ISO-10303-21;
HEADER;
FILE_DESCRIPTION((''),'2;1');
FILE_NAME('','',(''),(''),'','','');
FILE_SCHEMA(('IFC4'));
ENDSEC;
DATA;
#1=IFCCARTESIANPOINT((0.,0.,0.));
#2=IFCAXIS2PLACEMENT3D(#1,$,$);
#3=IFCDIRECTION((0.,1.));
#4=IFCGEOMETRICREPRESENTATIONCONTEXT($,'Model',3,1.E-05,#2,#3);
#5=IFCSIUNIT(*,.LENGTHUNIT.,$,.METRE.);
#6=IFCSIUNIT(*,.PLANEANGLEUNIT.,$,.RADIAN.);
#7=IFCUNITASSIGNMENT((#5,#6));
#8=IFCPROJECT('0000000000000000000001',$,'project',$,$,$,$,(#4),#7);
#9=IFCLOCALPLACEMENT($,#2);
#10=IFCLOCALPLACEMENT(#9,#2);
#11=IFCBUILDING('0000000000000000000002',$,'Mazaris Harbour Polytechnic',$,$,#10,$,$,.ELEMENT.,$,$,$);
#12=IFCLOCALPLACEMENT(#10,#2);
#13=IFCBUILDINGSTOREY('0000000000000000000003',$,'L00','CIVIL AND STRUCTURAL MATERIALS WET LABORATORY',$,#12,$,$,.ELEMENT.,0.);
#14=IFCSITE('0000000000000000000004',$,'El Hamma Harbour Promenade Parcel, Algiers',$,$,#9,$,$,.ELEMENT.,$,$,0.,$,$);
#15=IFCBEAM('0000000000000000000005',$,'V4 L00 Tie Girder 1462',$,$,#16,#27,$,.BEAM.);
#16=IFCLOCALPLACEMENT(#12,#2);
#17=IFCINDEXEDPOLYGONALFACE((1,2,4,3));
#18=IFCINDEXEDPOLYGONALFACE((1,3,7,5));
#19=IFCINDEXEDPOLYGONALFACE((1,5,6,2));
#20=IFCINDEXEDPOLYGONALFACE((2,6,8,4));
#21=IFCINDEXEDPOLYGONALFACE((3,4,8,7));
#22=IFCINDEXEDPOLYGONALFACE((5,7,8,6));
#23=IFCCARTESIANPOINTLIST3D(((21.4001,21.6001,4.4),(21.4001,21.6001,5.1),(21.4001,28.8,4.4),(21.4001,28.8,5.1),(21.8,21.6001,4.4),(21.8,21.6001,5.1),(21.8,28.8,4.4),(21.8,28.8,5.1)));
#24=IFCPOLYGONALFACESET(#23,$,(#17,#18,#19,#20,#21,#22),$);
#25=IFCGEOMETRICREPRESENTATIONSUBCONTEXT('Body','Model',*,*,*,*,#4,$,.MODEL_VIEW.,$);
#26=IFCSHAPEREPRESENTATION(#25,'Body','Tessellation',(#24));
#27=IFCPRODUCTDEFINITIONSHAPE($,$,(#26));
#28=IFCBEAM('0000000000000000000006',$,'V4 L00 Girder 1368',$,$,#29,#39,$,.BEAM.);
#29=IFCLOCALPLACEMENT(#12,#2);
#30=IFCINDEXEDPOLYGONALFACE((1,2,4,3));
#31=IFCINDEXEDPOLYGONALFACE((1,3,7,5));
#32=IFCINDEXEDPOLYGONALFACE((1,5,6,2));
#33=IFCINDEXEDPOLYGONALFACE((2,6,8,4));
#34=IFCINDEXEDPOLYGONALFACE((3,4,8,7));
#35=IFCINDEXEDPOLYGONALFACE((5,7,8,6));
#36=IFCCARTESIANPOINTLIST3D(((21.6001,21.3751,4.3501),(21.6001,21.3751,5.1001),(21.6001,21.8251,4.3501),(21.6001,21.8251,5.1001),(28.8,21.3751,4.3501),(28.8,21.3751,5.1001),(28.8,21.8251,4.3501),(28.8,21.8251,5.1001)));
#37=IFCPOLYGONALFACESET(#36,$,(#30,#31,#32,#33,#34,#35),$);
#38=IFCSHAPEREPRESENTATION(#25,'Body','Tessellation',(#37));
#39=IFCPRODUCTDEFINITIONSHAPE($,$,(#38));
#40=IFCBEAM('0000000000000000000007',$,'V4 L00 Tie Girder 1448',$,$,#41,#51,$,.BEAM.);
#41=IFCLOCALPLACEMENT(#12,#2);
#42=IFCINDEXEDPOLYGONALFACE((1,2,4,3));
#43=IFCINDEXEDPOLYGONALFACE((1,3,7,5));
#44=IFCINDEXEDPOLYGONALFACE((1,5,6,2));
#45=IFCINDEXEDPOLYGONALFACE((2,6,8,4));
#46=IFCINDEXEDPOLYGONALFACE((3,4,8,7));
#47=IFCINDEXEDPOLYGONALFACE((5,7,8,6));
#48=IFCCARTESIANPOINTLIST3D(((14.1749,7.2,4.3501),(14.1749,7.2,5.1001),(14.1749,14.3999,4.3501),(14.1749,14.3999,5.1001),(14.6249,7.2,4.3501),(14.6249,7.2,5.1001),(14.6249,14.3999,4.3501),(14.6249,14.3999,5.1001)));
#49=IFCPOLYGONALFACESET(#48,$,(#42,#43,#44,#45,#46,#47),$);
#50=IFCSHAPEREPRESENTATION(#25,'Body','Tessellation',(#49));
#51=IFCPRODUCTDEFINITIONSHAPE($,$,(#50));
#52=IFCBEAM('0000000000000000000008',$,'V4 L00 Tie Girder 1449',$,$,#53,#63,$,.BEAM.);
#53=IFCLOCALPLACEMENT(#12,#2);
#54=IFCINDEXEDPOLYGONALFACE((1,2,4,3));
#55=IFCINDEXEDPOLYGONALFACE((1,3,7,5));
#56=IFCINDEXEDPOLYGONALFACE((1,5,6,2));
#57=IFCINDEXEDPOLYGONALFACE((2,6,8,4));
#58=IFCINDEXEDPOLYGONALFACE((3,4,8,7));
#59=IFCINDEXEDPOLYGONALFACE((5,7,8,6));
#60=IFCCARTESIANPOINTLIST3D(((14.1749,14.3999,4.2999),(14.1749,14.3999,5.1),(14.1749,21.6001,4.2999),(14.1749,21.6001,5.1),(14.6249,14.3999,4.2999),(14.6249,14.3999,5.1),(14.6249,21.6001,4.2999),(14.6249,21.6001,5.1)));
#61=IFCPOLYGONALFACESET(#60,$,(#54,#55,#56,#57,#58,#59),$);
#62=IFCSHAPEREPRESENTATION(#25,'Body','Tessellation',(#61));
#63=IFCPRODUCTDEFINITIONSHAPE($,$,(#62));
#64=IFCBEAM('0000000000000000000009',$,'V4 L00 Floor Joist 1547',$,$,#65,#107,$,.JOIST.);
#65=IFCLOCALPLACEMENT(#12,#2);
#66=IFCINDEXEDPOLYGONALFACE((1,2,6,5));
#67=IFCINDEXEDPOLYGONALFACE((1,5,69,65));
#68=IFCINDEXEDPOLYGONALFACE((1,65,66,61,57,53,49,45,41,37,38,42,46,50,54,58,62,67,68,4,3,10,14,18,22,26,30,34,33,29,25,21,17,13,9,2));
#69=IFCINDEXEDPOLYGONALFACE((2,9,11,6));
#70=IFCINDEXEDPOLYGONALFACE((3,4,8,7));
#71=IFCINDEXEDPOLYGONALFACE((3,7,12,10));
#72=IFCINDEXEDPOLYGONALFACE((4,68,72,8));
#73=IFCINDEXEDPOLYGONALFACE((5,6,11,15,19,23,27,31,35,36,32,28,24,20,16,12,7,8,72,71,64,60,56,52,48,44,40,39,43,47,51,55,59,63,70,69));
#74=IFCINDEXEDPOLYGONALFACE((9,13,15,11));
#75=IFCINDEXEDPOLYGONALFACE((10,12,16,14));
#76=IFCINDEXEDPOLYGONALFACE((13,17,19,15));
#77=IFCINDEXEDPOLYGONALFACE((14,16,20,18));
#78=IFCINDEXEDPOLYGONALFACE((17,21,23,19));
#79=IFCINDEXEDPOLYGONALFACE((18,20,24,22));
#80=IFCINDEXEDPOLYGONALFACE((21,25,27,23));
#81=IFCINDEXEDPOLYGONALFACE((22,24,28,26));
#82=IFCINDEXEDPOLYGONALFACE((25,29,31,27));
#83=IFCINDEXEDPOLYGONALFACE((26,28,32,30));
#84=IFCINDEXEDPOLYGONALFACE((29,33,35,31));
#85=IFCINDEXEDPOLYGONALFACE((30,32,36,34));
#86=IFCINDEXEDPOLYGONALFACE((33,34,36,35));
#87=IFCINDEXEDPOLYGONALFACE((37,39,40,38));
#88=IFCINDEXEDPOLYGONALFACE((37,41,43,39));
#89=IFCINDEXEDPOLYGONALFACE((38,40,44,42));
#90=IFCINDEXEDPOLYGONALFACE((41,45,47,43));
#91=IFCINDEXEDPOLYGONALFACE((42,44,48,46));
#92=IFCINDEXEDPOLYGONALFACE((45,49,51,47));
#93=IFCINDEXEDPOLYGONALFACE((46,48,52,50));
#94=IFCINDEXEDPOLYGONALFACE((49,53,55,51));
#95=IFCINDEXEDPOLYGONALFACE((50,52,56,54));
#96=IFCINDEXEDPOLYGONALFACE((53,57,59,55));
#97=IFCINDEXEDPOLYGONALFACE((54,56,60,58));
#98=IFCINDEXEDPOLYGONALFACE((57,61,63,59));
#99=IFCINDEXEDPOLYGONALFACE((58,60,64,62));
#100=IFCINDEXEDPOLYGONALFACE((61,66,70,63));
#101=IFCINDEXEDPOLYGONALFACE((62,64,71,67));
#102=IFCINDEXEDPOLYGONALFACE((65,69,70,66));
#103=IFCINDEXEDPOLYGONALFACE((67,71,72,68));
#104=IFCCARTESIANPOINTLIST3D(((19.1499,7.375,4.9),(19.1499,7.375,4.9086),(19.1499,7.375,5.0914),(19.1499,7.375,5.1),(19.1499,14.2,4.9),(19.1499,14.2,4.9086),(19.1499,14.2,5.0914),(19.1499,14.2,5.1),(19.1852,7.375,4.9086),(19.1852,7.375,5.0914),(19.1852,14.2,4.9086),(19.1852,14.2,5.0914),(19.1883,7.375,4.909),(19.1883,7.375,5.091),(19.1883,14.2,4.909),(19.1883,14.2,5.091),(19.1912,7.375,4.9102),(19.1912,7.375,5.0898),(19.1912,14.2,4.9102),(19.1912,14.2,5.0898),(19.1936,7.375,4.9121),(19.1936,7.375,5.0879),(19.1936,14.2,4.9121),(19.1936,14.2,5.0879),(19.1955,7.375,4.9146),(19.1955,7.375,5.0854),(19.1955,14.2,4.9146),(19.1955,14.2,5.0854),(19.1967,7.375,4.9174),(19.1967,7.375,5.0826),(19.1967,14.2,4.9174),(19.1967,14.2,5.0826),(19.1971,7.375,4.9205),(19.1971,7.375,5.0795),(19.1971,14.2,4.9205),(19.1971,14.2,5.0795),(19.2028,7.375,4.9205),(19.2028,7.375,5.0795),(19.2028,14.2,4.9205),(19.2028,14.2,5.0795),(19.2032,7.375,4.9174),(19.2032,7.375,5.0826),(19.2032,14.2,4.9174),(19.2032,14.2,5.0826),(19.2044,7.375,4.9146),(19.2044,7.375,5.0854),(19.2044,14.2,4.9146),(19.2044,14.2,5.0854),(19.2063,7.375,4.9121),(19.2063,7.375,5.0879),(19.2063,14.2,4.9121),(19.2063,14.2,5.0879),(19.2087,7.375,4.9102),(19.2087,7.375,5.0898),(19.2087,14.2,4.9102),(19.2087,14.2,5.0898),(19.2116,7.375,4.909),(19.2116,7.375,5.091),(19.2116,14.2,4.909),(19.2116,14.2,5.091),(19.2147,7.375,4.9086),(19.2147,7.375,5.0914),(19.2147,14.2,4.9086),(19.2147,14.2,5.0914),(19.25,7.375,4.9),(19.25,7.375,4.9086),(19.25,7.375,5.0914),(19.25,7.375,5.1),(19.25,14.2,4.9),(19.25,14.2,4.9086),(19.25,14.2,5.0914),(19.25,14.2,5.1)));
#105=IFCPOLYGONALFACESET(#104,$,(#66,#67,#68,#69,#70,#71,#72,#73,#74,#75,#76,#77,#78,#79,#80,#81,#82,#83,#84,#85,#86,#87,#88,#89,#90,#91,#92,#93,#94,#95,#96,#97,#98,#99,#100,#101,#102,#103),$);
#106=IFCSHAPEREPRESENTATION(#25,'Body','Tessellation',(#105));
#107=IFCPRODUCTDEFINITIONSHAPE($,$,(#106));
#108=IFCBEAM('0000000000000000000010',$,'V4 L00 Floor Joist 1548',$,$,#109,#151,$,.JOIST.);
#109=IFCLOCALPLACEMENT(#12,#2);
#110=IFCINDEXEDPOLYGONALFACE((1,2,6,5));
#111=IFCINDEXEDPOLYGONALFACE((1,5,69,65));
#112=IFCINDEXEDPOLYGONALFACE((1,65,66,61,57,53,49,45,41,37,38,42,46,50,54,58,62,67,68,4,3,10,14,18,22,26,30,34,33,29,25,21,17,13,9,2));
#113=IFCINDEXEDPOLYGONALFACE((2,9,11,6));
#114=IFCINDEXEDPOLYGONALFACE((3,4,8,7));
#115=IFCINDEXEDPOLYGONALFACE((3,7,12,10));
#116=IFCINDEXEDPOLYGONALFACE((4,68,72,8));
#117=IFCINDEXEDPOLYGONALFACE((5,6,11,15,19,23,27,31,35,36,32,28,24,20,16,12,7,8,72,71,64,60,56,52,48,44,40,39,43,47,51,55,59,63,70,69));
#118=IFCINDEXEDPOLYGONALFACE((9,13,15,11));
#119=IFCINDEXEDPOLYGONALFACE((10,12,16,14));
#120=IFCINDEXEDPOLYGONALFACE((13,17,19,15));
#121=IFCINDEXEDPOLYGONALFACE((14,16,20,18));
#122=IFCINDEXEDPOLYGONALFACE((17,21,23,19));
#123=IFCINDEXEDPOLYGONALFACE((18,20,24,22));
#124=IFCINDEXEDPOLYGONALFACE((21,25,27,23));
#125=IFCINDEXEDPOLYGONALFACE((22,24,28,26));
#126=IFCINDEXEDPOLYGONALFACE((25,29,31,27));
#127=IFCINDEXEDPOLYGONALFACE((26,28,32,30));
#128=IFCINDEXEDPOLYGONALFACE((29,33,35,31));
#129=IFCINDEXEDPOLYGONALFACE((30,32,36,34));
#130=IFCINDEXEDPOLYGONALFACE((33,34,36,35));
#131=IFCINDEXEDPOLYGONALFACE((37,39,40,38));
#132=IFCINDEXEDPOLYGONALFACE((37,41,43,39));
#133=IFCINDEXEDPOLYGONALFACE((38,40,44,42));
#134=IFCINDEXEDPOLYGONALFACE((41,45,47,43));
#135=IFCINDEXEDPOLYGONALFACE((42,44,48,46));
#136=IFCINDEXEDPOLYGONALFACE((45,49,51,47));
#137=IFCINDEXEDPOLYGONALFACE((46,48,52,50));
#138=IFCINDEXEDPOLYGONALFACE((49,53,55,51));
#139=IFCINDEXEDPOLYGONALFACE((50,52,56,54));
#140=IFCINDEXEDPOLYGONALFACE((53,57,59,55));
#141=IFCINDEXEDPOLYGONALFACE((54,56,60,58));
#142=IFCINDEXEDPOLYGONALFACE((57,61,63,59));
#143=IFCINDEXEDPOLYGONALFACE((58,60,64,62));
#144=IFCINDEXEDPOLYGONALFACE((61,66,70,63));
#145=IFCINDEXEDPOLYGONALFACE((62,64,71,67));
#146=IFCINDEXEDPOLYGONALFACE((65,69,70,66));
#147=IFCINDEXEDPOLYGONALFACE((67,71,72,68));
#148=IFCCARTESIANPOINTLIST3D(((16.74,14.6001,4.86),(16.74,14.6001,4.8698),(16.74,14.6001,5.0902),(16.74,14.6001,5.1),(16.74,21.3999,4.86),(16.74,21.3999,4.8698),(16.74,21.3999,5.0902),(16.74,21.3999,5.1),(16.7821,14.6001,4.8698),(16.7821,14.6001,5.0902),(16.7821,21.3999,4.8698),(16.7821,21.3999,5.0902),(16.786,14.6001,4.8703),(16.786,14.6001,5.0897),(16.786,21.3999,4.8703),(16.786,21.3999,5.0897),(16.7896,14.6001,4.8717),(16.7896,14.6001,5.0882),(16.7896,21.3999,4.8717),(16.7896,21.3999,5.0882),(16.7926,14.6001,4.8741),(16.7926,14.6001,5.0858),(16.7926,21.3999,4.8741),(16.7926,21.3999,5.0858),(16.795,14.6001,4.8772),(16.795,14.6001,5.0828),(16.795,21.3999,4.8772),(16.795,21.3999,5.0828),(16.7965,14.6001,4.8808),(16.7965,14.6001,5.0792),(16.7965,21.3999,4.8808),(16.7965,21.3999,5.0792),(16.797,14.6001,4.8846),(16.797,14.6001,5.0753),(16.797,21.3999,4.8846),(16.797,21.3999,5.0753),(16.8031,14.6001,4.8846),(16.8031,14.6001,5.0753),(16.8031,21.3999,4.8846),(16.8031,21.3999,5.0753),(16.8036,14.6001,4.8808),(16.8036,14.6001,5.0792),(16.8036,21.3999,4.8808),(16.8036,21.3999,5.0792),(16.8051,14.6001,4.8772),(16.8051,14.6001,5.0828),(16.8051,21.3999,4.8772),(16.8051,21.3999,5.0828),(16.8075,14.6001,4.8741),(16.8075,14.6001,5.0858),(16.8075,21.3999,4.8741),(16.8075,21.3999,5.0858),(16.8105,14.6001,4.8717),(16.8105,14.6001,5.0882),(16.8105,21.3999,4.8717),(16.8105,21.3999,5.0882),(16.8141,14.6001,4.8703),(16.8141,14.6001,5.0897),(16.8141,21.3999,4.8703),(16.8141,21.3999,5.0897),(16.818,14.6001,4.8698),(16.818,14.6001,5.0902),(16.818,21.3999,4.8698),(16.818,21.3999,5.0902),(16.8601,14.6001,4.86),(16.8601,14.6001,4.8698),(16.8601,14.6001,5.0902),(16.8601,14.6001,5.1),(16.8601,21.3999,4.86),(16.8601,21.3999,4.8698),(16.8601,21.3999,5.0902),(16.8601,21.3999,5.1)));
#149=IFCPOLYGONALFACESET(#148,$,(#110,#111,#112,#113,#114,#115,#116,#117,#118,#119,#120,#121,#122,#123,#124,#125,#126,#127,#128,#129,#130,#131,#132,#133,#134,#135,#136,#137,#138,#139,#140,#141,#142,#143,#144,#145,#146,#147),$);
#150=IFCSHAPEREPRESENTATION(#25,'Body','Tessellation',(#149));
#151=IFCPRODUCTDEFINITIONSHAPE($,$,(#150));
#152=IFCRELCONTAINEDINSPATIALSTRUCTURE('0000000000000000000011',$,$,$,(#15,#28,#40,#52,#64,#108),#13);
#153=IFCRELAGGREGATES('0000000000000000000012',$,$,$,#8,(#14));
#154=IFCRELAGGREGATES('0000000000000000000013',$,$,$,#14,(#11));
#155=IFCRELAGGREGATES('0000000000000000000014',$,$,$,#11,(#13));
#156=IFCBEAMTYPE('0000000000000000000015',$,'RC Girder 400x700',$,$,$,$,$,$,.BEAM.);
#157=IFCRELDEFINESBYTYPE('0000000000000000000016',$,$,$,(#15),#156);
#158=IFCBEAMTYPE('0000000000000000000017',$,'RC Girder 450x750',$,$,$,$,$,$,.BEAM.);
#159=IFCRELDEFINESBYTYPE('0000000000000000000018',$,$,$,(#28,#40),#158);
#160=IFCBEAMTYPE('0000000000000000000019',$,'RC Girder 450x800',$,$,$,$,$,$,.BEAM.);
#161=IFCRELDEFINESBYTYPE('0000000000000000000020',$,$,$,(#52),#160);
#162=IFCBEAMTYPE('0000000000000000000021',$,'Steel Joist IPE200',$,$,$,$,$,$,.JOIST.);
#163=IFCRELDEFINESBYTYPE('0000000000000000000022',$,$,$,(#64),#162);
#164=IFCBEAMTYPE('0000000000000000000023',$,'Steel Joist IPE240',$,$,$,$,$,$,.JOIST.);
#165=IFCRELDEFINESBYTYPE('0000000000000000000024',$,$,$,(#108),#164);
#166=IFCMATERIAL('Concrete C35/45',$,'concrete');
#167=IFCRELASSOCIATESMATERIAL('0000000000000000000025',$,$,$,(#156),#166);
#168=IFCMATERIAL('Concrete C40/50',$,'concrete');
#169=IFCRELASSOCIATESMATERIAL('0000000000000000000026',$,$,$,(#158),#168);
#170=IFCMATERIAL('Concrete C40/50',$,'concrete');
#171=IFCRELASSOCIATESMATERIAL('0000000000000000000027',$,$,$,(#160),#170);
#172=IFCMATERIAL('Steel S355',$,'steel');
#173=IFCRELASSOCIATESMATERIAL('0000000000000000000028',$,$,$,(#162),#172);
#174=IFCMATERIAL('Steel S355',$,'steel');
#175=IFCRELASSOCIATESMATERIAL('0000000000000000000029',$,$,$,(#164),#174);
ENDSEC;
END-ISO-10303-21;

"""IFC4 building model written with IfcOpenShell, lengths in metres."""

from ifc_helpers import new_model, si_unit, direction, frame, origin, origin_2d, place, context, subcontext, project, spatial, rectangle, i_section, extrude, material, material_profile, profile_set, type_object, element, save


model = new_model("IFC4")

# Units and contexts
model_context = context("Model", 3, precision=1e-05, world=origin(), true_north=direction((0.0, 1.0)))
body_context = subcontext(model_context, "Body", "Model", "MODEL_VIEW")
ifc_project = project(units=[si_unit("LENGTHUNIT", "METRE"), si_unit("PLANEANGLEUNIT", "RADIAN")], contexts=[model_context])

# Site, building, storey
site_placement = place(None, origin())
site = spatial("IfcSite", under=ifc_project, at=site_placement, Name="El Hamma Harbour Promenade Parcel, Algiers", CompositionType="ELEMENT", RefElevation=0.0)
building_placement = place(site_placement, origin())
building = spatial("IfcBuilding", under=site, at=building_placement, Name="Mazaris Harbour Polytechnic", CompositionType="ELEMENT")
storey_placement = place(building_placement, origin())
storey = spatial("IfcBuildingStorey", under=building, at=storey_placement, Name="L00", Description="CIVIL AND STRUCTURAL MATERIALS WET LABORATORY", CompositionType="ELEMENT", Elevation=0.0)

# Beams
ifc_material_1 = material(Name="Concrete C35/45", Category="concrete")
ifc_material_profile_1 = material_profile(ifc_material_1, rectangle(XDim=0.3999, YDim=0.7, at=origin_2d()), Name="RECT400x700")
ifc_profile_set_1 = profile_set([ifc_material_profile_1], Name="Concrete C35/45")
beam_type_1 = type_object("IfcBeamType", Name="RC Girder 400x700", PredefinedType="BEAM", material=ifc_profile_set_1)
beam_1_placement = place(storey_placement, frame((21.6001, 21.6001, 4.75), z_axis=(0.0, 1.0, 0.0), x_axis=(-1.0, 0.0, 0.0)))
element("IfcBeam", 1, at=beam_1_placement, inside=storey, type_object=beam_type_1, Name="V4 L00 Tie Girder 1462", PredefinedType="BEAM", context=body_context, shape_type="SweptSolid", body=[
    extrude(rectangle(XDim=0.3999, YDim=0.7, at=origin_2d()), origin(), (0.0, 0.0, 1.0), 7.2),
])
ifc_material_2 = material(Name="Concrete C40/50", Category="concrete")
ifc_material_profile_2 = material_profile(ifc_material_2, rectangle(XDim=0.45, YDim=0.75, at=origin_2d()), Name="RECT450x750")
ifc_profile_set_2 = profile_set([ifc_material_profile_2], Name="Concrete C40/50")
beam_type_2 = type_object("IfcBeamType", Name="RC Girder 450x750", PredefinedType="BEAM", material=ifc_profile_set_2)
for number, where, z_axis, x_axis, name in (
    (2, (21.6001, 21.6001, 4.7251), (1.0, 0.0, 0.0), (0.0, 1.0, 0.0), "V4 L00 Girder 1368"),
    (3, (14.3999, 7.2, 4.7251), (0.0, 1.0, 0.0), (-1.0, 0.0, 0.0), "V4 L00 Tie Girder 1448"),
):
    element("IfcBeam", number, at=place(storey_placement, frame(where, z_axis=z_axis, x_axis=x_axis)), inside=storey, type_object=beam_type_2, Name=name, PredefinedType="BEAM", context=body_context, shape_type="SweptSolid", body=[
        extrude(rectangle(XDim=0.45, YDim=0.75, at=origin_2d()), origin(), (0.0, 0.0, 1.0), 7.2),
    ])
ifc_material_3 = material(Name="Concrete C40/50", Category="concrete")
ifc_material_profile_3 = material_profile(ifc_material_3, rectangle(XDim=0.45, YDim=0.8, at=origin_2d()), Name="RECT450x800")
ifc_profile_set_3 = profile_set([ifc_material_profile_3], Name="Concrete C40/50")
beam_type_3 = type_object("IfcBeamType", Name="RC Girder 450x800", PredefinedType="BEAM", material=ifc_profile_set_3)
beam_2_placement = place(storey_placement, frame((14.3999, 14.3999, 4.7), z_axis=(0.0, 1.0, 0.0), x_axis=(-1.0, 0.0, 0.0)))
element("IfcBeam", 4, at=beam_2_placement, inside=storey, type_object=beam_type_3, Name="V4 L00 Tie Girder 1449", PredefinedType="BEAM", context=body_context, shape_type="SweptSolid", body=[
    extrude(rectangle(XDim=0.45, YDim=0.8, at=origin_2d()), origin(), (0.0, 0.0, 1.0), 7.2002),
])
ifc_material_4 = material(Name="Steel S355", Category="steel")
ifc_material_profile_4 = material_profile(ifc_material_4, i_section(OverallWidth=0.1001, OverallDepth=0.2, WebThickness=0.0056, FlangeThickness=0.0085, FilletRadius=0.012, at=origin_2d()), Name="IPE 200")
ifc_profile_set_4 = profile_set([ifc_material_profile_4], Name="Steel S355")
beam_type_4 = type_object("IfcBeamType", Name="Steel Joist IPE200", PredefinedType="JOIST", material=ifc_profile_set_4)
beam_3_placement = place(storey_placement, frame((19.2, 7.375, 5.0), z_axis=(0.0, 1.0, 0.0), x_axis=(-1.0, 0.0, 0.0)))
element("IfcBeam", 5, at=beam_3_placement, inside=storey, type_object=beam_type_4, Name="V4 L00 Floor Joist 1547", PredefinedType="JOIST", context=body_context, shape_type="SweptSolid", body=[
    extrude(i_section(OverallWidth=0.1001, OverallDepth=0.2, WebThickness=0.0056, FlangeThickness=0.0085, FilletRadius=0.012, at=origin_2d()), origin(), (0.0, 0.0, 1.0), 6.825),
])
ifc_material_5 = material(Name="Steel S355", Category="steel")
ifc_material_profile_5 = material_profile(ifc_material_5, i_section(OverallWidth=0.1201, OverallDepth=0.24, WebThickness=0.0061, FlangeThickness=0.0098, FilletRadius=0.0149, at=origin_2d()), Name="IPE 240")
ifc_profile_set_5 = profile_set([ifc_material_profile_5], Name="Steel S355")
beam_type_5 = type_object("IfcBeamType", Name="Steel Joist IPE240", PredefinedType="JOIST", material=ifc_profile_set_5)
beam_4_placement = place(storey_placement, frame((16.8, 14.6001, 4.98), z_axis=(0.0, 1.0, 0.0), x_axis=(-1.0, 0.0, 0.0)))
element("IfcBeam", 6, at=beam_4_placement, inside=storey, type_object=beam_type_5, Name="V4 L00 Floor Joist 1548", PredefinedType="JOIST", context=body_context, shape_type="SweptSolid", body=[
    extrude(i_section(OverallWidth=0.1201, OverallDepth=0.24, WebThickness=0.0061, FlangeThickness=0.0098, FilletRadius=0.0149, at=origin_2d()), origin(), (0.0, 0.0, 1.0), 6.7998),
])

save(model, "model.ifc")
